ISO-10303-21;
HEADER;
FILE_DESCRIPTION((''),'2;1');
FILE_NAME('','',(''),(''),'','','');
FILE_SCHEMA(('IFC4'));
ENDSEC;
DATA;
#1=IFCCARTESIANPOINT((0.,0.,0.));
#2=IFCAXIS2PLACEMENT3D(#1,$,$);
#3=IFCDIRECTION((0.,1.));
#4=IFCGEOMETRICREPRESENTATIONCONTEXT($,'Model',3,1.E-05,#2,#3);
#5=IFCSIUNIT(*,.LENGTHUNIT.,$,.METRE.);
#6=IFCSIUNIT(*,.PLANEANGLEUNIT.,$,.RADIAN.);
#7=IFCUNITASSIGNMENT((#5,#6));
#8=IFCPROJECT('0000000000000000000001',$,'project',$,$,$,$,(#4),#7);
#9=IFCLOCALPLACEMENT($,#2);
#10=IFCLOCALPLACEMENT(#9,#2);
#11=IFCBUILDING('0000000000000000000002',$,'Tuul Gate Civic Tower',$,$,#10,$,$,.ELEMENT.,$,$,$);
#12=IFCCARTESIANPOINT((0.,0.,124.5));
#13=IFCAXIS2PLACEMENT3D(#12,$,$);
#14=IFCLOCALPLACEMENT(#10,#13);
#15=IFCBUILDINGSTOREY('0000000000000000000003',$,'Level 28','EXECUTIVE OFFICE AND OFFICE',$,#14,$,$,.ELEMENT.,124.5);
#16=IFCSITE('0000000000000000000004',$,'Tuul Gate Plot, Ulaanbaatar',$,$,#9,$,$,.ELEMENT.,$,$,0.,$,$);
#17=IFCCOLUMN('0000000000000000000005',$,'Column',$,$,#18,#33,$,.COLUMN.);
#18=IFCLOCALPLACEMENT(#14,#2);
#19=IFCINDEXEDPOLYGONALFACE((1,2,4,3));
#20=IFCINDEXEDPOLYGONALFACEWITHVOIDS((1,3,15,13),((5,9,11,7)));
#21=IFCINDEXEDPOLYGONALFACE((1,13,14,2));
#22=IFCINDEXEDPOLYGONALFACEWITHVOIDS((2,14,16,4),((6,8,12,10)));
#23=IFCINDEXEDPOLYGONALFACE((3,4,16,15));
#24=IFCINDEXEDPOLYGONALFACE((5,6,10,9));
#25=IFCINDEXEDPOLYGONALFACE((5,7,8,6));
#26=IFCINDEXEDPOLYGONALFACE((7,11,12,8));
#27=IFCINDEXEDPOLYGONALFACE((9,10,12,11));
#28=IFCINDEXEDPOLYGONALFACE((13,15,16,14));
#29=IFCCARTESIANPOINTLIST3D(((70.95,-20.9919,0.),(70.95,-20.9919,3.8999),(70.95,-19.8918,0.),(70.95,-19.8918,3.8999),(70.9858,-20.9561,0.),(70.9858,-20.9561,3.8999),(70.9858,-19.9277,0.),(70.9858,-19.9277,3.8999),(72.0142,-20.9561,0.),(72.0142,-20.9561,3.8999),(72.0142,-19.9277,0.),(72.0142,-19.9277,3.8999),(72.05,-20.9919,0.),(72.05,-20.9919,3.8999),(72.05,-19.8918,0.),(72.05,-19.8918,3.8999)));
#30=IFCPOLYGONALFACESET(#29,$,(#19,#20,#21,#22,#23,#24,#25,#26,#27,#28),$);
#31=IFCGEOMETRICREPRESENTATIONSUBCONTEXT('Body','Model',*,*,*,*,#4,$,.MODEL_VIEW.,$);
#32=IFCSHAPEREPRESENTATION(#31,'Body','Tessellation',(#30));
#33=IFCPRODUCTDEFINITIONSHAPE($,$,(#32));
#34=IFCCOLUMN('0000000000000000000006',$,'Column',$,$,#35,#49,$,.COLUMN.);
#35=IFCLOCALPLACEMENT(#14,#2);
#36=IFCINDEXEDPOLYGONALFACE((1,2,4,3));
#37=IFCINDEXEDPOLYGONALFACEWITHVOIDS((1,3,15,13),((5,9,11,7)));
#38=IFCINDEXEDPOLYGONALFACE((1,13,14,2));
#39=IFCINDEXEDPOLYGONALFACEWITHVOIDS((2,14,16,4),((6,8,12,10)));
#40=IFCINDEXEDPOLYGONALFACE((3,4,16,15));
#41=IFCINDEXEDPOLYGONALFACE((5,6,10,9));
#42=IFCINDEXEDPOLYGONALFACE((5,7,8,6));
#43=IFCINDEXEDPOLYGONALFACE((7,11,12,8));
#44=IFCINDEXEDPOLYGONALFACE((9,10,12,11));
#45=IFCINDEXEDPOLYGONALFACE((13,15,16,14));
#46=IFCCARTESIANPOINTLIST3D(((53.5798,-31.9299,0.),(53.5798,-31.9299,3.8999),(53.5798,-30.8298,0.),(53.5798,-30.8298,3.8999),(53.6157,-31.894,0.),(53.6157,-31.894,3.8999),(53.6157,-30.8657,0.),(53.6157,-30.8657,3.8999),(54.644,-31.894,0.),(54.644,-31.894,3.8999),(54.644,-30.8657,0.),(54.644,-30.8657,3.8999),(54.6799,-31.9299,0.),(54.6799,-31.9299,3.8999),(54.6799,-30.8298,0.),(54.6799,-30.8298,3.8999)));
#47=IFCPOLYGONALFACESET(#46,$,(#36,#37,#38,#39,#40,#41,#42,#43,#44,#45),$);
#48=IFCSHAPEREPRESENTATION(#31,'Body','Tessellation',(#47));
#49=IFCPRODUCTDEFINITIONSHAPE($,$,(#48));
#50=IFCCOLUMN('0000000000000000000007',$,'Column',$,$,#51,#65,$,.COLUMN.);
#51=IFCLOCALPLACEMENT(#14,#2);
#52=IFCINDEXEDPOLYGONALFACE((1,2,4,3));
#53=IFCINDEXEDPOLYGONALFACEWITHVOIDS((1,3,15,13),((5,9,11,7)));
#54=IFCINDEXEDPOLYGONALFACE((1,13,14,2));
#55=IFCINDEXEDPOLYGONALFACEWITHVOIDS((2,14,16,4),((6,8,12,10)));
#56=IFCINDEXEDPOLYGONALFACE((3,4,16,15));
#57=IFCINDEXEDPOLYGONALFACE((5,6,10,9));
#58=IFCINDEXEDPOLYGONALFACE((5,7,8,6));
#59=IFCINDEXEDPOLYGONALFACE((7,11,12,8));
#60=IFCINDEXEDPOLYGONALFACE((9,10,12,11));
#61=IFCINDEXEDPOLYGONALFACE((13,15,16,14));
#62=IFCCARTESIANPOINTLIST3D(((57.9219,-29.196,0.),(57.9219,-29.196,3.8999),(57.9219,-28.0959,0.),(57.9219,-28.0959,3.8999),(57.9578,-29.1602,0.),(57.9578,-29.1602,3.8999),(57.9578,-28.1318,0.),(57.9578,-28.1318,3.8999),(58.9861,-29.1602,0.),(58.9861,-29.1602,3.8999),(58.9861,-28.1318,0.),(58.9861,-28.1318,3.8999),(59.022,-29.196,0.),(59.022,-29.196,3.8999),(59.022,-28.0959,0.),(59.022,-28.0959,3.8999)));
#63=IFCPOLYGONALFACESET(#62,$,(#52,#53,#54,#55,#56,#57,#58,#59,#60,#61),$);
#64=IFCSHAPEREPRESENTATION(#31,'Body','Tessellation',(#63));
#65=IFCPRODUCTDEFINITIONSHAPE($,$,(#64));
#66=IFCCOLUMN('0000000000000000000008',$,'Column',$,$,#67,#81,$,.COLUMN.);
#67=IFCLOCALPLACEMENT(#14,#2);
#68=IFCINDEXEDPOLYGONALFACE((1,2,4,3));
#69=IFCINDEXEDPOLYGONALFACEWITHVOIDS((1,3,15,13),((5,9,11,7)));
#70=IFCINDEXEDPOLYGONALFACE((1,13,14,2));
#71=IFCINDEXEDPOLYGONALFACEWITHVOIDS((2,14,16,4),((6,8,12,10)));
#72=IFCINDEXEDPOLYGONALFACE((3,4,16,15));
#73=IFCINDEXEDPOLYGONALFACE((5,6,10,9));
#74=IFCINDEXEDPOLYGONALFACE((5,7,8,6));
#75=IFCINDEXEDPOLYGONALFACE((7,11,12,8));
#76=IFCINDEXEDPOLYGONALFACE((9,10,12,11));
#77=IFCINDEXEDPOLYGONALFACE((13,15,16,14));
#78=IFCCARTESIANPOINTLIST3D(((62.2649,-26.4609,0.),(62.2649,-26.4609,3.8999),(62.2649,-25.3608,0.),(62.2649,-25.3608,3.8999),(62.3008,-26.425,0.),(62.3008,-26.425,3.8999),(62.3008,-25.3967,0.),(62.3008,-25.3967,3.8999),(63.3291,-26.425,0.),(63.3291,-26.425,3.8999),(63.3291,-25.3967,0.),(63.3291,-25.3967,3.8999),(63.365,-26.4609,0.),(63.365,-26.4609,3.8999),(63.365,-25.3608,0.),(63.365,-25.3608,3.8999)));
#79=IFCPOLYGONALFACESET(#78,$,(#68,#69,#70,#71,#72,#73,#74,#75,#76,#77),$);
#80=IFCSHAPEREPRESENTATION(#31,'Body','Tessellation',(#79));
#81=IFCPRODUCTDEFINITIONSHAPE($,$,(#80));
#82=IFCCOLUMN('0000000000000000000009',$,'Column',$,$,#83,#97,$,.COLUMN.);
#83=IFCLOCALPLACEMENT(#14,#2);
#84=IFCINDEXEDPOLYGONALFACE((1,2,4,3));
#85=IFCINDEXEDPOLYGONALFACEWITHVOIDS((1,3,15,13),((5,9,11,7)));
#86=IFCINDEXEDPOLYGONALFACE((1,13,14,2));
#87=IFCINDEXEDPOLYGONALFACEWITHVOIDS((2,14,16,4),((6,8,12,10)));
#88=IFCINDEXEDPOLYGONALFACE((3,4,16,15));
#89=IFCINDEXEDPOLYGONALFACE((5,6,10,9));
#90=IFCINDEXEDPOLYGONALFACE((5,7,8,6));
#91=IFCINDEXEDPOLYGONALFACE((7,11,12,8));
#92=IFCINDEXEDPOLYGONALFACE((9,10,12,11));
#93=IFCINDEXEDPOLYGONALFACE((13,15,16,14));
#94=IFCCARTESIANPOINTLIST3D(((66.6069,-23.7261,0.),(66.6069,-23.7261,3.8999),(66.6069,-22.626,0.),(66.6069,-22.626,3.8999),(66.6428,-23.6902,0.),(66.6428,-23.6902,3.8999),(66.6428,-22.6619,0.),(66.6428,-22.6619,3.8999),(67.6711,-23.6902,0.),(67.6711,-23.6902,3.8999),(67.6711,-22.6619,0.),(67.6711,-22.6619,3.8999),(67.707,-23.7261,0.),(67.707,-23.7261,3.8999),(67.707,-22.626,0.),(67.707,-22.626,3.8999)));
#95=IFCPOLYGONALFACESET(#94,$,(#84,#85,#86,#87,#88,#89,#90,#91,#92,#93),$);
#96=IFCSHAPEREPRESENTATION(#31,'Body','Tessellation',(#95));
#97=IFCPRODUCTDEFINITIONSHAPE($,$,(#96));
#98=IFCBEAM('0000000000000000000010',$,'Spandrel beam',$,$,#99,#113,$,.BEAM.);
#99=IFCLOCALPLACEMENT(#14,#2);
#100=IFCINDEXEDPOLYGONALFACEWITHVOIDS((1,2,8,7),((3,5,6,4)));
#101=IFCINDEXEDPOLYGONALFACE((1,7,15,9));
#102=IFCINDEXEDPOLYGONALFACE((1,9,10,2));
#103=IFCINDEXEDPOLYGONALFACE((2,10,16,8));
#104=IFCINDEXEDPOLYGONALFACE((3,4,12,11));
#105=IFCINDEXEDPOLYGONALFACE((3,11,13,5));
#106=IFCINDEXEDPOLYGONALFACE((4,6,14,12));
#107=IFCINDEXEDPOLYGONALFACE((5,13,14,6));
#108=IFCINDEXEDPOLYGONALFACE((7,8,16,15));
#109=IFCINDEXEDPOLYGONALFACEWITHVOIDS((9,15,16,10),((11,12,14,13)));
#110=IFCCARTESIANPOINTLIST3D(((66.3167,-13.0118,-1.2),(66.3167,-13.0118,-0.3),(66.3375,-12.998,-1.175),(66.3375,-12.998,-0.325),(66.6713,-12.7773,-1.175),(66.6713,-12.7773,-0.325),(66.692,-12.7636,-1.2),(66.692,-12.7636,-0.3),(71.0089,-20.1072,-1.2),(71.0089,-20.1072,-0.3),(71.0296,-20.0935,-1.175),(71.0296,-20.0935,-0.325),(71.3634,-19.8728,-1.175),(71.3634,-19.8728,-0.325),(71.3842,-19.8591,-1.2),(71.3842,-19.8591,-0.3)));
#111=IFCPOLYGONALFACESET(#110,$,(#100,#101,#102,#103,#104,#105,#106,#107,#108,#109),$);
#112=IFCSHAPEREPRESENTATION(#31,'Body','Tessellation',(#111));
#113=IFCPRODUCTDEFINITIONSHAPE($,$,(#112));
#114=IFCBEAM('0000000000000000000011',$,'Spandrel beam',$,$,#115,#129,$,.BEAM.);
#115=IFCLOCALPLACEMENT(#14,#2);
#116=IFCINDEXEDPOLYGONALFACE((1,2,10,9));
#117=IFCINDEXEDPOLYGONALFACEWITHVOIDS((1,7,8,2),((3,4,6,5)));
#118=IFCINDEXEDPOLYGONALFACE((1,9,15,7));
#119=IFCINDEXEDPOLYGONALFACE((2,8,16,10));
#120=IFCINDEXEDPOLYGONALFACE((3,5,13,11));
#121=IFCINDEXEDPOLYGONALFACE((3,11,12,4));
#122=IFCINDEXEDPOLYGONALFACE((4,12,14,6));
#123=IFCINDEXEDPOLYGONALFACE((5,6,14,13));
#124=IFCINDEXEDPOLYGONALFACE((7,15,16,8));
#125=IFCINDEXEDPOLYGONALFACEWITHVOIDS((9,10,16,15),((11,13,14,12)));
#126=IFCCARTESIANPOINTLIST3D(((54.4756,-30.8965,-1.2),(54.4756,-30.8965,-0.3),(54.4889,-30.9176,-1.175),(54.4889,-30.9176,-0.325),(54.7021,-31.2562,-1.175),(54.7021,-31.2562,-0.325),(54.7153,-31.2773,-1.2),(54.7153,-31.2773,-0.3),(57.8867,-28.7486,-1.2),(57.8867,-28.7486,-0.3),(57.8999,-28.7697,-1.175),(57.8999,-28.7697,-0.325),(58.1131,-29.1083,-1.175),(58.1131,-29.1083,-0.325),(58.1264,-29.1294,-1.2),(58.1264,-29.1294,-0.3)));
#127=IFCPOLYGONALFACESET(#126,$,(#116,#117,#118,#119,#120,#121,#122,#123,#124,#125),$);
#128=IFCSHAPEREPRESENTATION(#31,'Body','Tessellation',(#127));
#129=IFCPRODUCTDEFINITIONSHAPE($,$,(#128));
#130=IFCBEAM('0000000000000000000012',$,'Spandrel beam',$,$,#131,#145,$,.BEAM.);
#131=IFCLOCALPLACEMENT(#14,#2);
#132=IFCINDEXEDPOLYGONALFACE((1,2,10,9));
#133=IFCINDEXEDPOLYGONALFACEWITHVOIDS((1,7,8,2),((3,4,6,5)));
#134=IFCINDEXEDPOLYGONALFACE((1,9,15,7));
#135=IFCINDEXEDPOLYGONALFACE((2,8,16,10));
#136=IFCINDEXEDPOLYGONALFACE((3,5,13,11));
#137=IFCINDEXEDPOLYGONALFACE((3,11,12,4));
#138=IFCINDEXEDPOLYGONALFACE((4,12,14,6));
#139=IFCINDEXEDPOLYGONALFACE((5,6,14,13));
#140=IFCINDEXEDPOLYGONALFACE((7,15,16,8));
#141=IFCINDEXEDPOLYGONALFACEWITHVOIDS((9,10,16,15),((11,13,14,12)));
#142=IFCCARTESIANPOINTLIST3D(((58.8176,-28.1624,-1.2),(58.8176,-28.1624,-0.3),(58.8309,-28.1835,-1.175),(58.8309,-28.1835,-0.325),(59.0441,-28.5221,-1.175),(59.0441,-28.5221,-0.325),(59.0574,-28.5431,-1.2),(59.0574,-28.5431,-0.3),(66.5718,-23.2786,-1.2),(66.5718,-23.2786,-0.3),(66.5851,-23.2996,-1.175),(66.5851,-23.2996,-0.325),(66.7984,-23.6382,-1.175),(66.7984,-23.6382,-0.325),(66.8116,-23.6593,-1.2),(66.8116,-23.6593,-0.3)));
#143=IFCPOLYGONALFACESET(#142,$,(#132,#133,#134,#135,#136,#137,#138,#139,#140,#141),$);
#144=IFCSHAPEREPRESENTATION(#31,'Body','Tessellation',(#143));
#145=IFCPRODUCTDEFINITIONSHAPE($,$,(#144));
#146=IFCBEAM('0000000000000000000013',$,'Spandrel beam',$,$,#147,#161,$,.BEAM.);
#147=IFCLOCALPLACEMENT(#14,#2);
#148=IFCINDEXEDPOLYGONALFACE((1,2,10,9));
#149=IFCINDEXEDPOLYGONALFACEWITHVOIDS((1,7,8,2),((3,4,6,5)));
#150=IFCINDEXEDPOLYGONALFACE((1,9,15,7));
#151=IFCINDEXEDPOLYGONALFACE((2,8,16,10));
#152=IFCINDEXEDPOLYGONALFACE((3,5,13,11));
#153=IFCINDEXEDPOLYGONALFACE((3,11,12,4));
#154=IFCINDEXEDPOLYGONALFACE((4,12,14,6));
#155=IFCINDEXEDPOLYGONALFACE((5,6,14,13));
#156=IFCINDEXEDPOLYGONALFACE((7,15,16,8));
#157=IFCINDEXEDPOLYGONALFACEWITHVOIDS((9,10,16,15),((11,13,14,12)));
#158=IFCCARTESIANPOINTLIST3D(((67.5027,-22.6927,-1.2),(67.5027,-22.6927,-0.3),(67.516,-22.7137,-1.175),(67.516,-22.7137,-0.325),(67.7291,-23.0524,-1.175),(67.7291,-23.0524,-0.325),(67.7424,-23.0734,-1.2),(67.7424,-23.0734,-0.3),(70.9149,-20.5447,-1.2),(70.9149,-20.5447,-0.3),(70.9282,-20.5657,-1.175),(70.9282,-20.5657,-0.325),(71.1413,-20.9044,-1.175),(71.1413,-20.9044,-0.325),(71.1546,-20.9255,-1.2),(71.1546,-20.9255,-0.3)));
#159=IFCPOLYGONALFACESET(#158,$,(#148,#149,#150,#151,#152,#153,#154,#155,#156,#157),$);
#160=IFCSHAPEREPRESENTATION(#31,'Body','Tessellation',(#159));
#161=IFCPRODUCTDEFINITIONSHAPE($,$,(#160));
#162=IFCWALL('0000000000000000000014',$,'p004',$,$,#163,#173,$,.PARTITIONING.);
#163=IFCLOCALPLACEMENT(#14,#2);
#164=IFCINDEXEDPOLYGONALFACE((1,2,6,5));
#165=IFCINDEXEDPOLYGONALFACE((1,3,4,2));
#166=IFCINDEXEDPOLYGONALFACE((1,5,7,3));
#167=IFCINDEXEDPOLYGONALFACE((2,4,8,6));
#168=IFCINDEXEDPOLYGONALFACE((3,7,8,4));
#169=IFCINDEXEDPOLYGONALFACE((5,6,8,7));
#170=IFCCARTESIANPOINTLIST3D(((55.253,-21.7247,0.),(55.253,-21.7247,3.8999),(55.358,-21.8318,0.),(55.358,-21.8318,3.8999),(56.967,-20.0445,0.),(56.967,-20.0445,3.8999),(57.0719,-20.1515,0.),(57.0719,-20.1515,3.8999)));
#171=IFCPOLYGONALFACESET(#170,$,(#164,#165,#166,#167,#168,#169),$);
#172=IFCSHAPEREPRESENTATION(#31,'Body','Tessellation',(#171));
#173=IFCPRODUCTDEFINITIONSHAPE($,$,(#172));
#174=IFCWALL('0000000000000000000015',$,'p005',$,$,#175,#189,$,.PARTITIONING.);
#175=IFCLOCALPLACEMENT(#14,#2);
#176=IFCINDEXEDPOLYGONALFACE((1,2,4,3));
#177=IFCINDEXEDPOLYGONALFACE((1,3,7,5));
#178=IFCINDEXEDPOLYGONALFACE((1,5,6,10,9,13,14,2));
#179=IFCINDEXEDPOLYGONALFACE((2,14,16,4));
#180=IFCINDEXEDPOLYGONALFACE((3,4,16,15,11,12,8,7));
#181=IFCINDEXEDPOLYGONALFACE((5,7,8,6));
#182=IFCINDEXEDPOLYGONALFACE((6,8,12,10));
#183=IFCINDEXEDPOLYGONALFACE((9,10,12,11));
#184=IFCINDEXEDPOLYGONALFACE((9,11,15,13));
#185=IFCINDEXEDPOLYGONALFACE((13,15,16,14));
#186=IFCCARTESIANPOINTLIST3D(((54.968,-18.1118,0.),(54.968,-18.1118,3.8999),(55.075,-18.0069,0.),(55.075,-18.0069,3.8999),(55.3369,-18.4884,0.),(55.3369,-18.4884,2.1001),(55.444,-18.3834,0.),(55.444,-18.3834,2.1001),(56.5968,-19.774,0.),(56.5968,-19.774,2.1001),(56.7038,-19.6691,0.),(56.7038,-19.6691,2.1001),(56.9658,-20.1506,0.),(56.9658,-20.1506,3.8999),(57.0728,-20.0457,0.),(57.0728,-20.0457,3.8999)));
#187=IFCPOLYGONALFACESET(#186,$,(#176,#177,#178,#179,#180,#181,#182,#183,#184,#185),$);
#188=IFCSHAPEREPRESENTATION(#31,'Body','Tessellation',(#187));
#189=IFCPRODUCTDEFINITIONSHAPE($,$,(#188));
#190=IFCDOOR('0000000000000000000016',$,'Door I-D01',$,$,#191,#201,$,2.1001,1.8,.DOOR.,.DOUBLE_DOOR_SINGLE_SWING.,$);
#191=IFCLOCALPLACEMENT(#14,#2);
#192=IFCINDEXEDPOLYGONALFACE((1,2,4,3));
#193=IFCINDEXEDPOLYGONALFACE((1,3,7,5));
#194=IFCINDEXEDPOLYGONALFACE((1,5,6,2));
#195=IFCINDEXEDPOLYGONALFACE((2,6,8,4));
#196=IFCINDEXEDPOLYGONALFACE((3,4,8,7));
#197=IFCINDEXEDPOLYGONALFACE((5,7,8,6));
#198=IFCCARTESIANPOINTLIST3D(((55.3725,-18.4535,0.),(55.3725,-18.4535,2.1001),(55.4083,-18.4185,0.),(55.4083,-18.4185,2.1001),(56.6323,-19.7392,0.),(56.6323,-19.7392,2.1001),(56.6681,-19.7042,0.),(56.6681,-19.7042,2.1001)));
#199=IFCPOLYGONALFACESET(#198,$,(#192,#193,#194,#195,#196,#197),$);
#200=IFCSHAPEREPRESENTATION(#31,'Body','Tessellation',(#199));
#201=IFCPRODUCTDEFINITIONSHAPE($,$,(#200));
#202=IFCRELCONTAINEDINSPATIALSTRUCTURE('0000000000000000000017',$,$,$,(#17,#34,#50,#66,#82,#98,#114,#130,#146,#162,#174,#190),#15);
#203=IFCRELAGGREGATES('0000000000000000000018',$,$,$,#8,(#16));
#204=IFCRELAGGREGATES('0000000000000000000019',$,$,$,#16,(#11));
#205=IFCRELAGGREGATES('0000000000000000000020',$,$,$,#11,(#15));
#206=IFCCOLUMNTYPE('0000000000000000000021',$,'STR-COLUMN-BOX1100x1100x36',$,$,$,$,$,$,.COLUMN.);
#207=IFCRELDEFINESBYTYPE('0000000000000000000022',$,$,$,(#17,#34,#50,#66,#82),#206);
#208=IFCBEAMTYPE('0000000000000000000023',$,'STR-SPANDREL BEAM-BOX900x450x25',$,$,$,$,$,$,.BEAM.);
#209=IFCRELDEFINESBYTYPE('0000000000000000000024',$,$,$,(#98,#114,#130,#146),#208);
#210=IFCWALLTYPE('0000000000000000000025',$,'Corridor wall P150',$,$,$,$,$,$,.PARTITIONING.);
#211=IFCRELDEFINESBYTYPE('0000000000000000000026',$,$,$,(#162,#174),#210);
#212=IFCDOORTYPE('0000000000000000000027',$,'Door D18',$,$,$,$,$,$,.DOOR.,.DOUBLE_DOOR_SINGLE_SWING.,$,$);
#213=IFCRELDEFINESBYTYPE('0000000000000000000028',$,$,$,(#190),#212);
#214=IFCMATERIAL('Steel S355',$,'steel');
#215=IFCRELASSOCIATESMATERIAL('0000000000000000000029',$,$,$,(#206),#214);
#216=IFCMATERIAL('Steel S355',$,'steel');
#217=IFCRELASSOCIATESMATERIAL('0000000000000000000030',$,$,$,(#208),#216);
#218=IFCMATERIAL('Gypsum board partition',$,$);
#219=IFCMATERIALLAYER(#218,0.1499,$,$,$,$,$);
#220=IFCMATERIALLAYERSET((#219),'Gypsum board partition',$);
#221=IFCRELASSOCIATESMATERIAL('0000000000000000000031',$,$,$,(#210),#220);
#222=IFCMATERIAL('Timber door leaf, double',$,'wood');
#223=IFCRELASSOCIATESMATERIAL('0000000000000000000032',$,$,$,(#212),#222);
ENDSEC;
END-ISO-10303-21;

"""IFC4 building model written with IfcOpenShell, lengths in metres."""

from ifc_helpers import new_model, si_unit, direction, frame, frame_2d, origin, origin_2d, place, context, subcontext, project, spatial, rectangle, hollow_rectangle, extrude, material, layer, layer_set, material_profile, profile_set, type_object, element, fill, save


model = new_model("IFC4")

# Units and contexts
model_context = context("Model", 3, precision=1e-05, world=origin(), true_north=direction((0.0, 1.0)))
body_context = subcontext(model_context, "Body", "Model", "MODEL_VIEW")
ifc_project = project(units=[si_unit("LENGTHUNIT", "METRE"), si_unit("PLANEANGLEUNIT", "RADIAN")], contexts=[model_context])

# Site, building, storey
site_placement = place(None, origin())
site = spatial("IfcSite", under=ifc_project, at=site_placement, Name="Tuul Gate Plot, Ulaanbaatar", CompositionType="ELEMENT", RefElevation=0.0)
building_placement = place(site_placement, origin())
building = spatial("IfcBuilding", under=site, at=building_placement, Name="Tuul Gate Civic Tower", CompositionType="ELEMENT")
storey_placement = place(building_placement, frame((0.0, 0.0, 124.5)))
storey = spatial("IfcBuildingStorey", under=building, at=storey_placement, Name="Level 28", Description="EXECUTIVE OFFICE AND OFFICE", CompositionType="ELEMENT", Elevation=124.5)

# Columns
ifc_material_1 = material(Name="Steel S355", Category="steel")
ifc_material_profile_1 = material_profile(ifc_material_1, hollow_rectangle(XDim=1.1001, YDim=1.1001, WallThickness=0.0359, at=origin_2d()), Name="BOX1100x1100x36")
ifc_profile_set_1 = profile_set([ifc_material_profile_1], Name="Steel S355")
column_type = type_object("IfcColumnType", Name="STR-COLUMN-BOX1100x1100x36", PredefinedType="COLUMN", material=ifc_profile_set_1)
for number, where, z_axis, x_axis, name in (
    (1, (71.5, -20.4419, 0.0), (0.0, 0.0, 1.0), (1.0, 0.0, 0.0), "Column"),
    (2, (54.1299, -31.3799, 0.0), (0.0, 0.0, 1.0), (1.0, 0.0, 0.0), "Column"),
    (3, (58.4719, -28.646, 0.0), (0.0, 0.0, 1.0), (1.0, 0.0, 0.0), "Column"),
    (4, (62.8149, -25.9109, 0.0), (0.0, 0.0, 1.0), (1.0, 0.0, 0.0), "Column"),
    (5, (67.157, -23.176, 0.0), (0.0, 0.0, 1.0), (1.0, 0.0, 0.0), "Column"),
):
    element("IfcColumn", number, at=place(storey_placement, frame(where, z_axis=z_axis, x_axis=x_axis)), inside=storey, type_object=column_type, Name=name, PredefinedType="COLUMN", context=body_context, shape_type="SweptSolid", body=[
        extrude(hollow_rectangle(XDim=1.1001, YDim=1.1001, WallThickness=0.0359, at=origin_2d()), origin(), (0.0, 0.0, 1.0), 3.8999),
    ])

# Beams
ifc_material_2 = material(Name="Steel S355", Category="steel")
ifc_material_profile_2 = material_profile(ifc_material_2, hollow_rectangle(XDim=0.45, YDim=0.8999, WallThickness=0.0249, at=origin_2d()), Name="BOX900x450x25")
ifc_profile_set_2 = profile_set([ifc_material_profile_2], Name="Steel S355")
beam_type = type_object("IfcBeamType", Name="STR-SPANDREL BEAM-BOX900x450x25", PredefinedType="BEAM", material=ifc_profile_set_2)
beam_1_placement = place(storey_placement, frame((71.1965, -19.9832, -0.75), z_axis=(-0.55159, 0.834115, 0.0), x_axis=(-0.834115, -0.55159, 0.0)))
element("IfcBeam", 6, at=beam_1_placement, inside=storey, type_object=beam_type, Name="Spandrel beam", PredefinedType="BEAM", context=body_context, shape_type="SweptSolid", body=[
    extrude(hollow_rectangle(XDim=0.45, YDim=0.8999, WallThickness=0.0249, at=origin_2d()), origin(), (0.0, 0.0, 1.0), 8.5066),
])
beam_2_placement = place(storey_placement, frame((54.5955, -31.0869, -0.75), z_axis=(0.846211, 0.532849, 0.0), x_axis=(-0.532849, 0.846211, 0.0)))
element("IfcBeam", 7, at=beam_2_placement, inside=storey, type_object=beam_type, Name="Spandrel beam", PredefinedType="BEAM", context=body_context, shape_type="SweptSolid", body=[
    extrude(hollow_rectangle(XDim=0.45, YDim=0.8999, WallThickness=0.0249, at=origin_2d()), origin(), (0.0, 0.0, 1.0), 4.031),
])
beam_3_placement = place(storey_placement, frame((58.9375, -28.3528, -0.75), z_axis=(0.846157, 0.532934, 0.0), x_axis=(-0.532934, 0.846157, 0.0)))
element("IfcBeam", 8, at=beam_3_placement, inside=storey, type_object=beam_type, Name="Spandrel beam", PredefinedType="BEAM", context=body_context, shape_type="SweptSolid", body=[
    extrude(hollow_rectangle(XDim=0.45, YDim=0.8999, WallThickness=0.0249, at=origin_2d()), origin(), (0.0, 0.0, 1.0), 9.1641),
])
beam_4_placement = place(storey_placement, frame((67.6226, -22.8831, -0.75), z_axis=(0.846279, 0.532739, 0.0), x_axis=(-0.532739, 0.846279, 0.0)))
element("IfcBeam", 9, at=beam_4_placement, inside=storey, type_object=beam_type, Name="Spandrel beam", PredefinedType="BEAM", context=body_context, shape_type="SweptSolid", body=[
    extrude(hollow_rectangle(XDim=0.45, YDim=0.8999, WallThickness=0.0249, at=origin_2d()), origin(), (0.0, 0.0, 1.0), 4.032),
])

# Wall
ifc_material_3 = material(Name="Gypsum board partition")
ifc_layer_1 = layer(ifc_material_3, 0.1499)
ifc_layer_set_1 = layer_set([ifc_layer_1], Name="Gypsum board partition")
wall_type_1 = type_object("IfcWallType", Name="Corridor wall P150", PredefinedType="PARTITIONING", material=ifc_layer_set_1)
wall_1_placement = place(storey_placement, frame((55.3054, -21.7783, 0.0), z_axis=(0.0, 0.0, 1.0), x_axis=(0.714091, 0.700053, 0.0)))
element("IfcWall", 10, at=wall_1_placement, inside=storey, type_object=wall_type_1, Name="p004", PredefinedType="PARTITIONING", context=body_context, shape_type="SweptSolid", body=[
    extrude(rectangle(XDim=2.4001, YDim=0.1499, at=frame_2d((1.2002, 0.0))), origin(), (0.0, 0.0, 1.0), 3.8999),
])

# Wall, opening, door
wall_2_placement = place(storey_placement, frame((55.0215, -18.0593, 0.0), z_axis=(0.0, 0.0, 1.0), x_axis=(0.699886, -0.714255, 0.0)))
wall_2 = element("IfcWall", 11, at=wall_2_placement, inside=storey, type_object=wall_type_1, Name="p005", PredefinedType="PARTITIONING", context=body_context, shape_type="SweptSolid", body=[
    extrude(rectangle(XDim=2.8545, YDim=0.1499, at=frame_2d((1.4272, 0.0))), origin(), (0.0, 0.0, 1.0), 3.8999),
])
opening_1_placement = place(wall_2_placement, frame((0.5273, 0.0, 0.0)))
opening_1 = element("IfcOpeningElement", 12, at=opening_1_placement, cuts=wall_2, PredefinedType="OPENING", context=body_context, shape_type="SweptSolid", body=[
    extrude(rectangle(XDim=1.8, YDim=2.1001, at=frame_2d((0.8999, 1.05))), frame((0.0, 0.085, 0.0), z_axis=(0.0, -1.0, 0.0), x_axis=(1.0, 0.0, 0.0)), (0.0, 0.0, 1.0), 0.1699),
])
ifc_material_4 = material(Name="Timber door leaf, double", Category="wood")
door_type = type_object("IfcDoorType", Name="Door D18", OperationType="DOUBLE_DOOR_SINGLE_SWING", PredefinedType="DOOR", material=ifc_material_4)
door_placement = place(opening_1_placement, origin())
door = element("IfcDoor", 13, at=door_placement, inside=storey, type_object=door_type, Name="Door I-D01", OperationType="DOUBLE_DOOR_SINGLE_SWING", OverallHeight=2.1001, OverallWidth=1.8, PredefinedType="DOOR", context=body_context, shape_type="SweptSolid", body=[
    extrude(rectangle(XDim=1.8, YDim=2.1001, at=frame_2d((0.8999, 1.05))), frame((0.0, 0.0249, 0.0), z_axis=(0.0, -1.0, 0.0), x_axis=(1.0, 0.0, 0.0)), (0.0, 0.0, 1.0), 0.05),
])
fill(opening_1, door)

save(model, "model.ifc")
